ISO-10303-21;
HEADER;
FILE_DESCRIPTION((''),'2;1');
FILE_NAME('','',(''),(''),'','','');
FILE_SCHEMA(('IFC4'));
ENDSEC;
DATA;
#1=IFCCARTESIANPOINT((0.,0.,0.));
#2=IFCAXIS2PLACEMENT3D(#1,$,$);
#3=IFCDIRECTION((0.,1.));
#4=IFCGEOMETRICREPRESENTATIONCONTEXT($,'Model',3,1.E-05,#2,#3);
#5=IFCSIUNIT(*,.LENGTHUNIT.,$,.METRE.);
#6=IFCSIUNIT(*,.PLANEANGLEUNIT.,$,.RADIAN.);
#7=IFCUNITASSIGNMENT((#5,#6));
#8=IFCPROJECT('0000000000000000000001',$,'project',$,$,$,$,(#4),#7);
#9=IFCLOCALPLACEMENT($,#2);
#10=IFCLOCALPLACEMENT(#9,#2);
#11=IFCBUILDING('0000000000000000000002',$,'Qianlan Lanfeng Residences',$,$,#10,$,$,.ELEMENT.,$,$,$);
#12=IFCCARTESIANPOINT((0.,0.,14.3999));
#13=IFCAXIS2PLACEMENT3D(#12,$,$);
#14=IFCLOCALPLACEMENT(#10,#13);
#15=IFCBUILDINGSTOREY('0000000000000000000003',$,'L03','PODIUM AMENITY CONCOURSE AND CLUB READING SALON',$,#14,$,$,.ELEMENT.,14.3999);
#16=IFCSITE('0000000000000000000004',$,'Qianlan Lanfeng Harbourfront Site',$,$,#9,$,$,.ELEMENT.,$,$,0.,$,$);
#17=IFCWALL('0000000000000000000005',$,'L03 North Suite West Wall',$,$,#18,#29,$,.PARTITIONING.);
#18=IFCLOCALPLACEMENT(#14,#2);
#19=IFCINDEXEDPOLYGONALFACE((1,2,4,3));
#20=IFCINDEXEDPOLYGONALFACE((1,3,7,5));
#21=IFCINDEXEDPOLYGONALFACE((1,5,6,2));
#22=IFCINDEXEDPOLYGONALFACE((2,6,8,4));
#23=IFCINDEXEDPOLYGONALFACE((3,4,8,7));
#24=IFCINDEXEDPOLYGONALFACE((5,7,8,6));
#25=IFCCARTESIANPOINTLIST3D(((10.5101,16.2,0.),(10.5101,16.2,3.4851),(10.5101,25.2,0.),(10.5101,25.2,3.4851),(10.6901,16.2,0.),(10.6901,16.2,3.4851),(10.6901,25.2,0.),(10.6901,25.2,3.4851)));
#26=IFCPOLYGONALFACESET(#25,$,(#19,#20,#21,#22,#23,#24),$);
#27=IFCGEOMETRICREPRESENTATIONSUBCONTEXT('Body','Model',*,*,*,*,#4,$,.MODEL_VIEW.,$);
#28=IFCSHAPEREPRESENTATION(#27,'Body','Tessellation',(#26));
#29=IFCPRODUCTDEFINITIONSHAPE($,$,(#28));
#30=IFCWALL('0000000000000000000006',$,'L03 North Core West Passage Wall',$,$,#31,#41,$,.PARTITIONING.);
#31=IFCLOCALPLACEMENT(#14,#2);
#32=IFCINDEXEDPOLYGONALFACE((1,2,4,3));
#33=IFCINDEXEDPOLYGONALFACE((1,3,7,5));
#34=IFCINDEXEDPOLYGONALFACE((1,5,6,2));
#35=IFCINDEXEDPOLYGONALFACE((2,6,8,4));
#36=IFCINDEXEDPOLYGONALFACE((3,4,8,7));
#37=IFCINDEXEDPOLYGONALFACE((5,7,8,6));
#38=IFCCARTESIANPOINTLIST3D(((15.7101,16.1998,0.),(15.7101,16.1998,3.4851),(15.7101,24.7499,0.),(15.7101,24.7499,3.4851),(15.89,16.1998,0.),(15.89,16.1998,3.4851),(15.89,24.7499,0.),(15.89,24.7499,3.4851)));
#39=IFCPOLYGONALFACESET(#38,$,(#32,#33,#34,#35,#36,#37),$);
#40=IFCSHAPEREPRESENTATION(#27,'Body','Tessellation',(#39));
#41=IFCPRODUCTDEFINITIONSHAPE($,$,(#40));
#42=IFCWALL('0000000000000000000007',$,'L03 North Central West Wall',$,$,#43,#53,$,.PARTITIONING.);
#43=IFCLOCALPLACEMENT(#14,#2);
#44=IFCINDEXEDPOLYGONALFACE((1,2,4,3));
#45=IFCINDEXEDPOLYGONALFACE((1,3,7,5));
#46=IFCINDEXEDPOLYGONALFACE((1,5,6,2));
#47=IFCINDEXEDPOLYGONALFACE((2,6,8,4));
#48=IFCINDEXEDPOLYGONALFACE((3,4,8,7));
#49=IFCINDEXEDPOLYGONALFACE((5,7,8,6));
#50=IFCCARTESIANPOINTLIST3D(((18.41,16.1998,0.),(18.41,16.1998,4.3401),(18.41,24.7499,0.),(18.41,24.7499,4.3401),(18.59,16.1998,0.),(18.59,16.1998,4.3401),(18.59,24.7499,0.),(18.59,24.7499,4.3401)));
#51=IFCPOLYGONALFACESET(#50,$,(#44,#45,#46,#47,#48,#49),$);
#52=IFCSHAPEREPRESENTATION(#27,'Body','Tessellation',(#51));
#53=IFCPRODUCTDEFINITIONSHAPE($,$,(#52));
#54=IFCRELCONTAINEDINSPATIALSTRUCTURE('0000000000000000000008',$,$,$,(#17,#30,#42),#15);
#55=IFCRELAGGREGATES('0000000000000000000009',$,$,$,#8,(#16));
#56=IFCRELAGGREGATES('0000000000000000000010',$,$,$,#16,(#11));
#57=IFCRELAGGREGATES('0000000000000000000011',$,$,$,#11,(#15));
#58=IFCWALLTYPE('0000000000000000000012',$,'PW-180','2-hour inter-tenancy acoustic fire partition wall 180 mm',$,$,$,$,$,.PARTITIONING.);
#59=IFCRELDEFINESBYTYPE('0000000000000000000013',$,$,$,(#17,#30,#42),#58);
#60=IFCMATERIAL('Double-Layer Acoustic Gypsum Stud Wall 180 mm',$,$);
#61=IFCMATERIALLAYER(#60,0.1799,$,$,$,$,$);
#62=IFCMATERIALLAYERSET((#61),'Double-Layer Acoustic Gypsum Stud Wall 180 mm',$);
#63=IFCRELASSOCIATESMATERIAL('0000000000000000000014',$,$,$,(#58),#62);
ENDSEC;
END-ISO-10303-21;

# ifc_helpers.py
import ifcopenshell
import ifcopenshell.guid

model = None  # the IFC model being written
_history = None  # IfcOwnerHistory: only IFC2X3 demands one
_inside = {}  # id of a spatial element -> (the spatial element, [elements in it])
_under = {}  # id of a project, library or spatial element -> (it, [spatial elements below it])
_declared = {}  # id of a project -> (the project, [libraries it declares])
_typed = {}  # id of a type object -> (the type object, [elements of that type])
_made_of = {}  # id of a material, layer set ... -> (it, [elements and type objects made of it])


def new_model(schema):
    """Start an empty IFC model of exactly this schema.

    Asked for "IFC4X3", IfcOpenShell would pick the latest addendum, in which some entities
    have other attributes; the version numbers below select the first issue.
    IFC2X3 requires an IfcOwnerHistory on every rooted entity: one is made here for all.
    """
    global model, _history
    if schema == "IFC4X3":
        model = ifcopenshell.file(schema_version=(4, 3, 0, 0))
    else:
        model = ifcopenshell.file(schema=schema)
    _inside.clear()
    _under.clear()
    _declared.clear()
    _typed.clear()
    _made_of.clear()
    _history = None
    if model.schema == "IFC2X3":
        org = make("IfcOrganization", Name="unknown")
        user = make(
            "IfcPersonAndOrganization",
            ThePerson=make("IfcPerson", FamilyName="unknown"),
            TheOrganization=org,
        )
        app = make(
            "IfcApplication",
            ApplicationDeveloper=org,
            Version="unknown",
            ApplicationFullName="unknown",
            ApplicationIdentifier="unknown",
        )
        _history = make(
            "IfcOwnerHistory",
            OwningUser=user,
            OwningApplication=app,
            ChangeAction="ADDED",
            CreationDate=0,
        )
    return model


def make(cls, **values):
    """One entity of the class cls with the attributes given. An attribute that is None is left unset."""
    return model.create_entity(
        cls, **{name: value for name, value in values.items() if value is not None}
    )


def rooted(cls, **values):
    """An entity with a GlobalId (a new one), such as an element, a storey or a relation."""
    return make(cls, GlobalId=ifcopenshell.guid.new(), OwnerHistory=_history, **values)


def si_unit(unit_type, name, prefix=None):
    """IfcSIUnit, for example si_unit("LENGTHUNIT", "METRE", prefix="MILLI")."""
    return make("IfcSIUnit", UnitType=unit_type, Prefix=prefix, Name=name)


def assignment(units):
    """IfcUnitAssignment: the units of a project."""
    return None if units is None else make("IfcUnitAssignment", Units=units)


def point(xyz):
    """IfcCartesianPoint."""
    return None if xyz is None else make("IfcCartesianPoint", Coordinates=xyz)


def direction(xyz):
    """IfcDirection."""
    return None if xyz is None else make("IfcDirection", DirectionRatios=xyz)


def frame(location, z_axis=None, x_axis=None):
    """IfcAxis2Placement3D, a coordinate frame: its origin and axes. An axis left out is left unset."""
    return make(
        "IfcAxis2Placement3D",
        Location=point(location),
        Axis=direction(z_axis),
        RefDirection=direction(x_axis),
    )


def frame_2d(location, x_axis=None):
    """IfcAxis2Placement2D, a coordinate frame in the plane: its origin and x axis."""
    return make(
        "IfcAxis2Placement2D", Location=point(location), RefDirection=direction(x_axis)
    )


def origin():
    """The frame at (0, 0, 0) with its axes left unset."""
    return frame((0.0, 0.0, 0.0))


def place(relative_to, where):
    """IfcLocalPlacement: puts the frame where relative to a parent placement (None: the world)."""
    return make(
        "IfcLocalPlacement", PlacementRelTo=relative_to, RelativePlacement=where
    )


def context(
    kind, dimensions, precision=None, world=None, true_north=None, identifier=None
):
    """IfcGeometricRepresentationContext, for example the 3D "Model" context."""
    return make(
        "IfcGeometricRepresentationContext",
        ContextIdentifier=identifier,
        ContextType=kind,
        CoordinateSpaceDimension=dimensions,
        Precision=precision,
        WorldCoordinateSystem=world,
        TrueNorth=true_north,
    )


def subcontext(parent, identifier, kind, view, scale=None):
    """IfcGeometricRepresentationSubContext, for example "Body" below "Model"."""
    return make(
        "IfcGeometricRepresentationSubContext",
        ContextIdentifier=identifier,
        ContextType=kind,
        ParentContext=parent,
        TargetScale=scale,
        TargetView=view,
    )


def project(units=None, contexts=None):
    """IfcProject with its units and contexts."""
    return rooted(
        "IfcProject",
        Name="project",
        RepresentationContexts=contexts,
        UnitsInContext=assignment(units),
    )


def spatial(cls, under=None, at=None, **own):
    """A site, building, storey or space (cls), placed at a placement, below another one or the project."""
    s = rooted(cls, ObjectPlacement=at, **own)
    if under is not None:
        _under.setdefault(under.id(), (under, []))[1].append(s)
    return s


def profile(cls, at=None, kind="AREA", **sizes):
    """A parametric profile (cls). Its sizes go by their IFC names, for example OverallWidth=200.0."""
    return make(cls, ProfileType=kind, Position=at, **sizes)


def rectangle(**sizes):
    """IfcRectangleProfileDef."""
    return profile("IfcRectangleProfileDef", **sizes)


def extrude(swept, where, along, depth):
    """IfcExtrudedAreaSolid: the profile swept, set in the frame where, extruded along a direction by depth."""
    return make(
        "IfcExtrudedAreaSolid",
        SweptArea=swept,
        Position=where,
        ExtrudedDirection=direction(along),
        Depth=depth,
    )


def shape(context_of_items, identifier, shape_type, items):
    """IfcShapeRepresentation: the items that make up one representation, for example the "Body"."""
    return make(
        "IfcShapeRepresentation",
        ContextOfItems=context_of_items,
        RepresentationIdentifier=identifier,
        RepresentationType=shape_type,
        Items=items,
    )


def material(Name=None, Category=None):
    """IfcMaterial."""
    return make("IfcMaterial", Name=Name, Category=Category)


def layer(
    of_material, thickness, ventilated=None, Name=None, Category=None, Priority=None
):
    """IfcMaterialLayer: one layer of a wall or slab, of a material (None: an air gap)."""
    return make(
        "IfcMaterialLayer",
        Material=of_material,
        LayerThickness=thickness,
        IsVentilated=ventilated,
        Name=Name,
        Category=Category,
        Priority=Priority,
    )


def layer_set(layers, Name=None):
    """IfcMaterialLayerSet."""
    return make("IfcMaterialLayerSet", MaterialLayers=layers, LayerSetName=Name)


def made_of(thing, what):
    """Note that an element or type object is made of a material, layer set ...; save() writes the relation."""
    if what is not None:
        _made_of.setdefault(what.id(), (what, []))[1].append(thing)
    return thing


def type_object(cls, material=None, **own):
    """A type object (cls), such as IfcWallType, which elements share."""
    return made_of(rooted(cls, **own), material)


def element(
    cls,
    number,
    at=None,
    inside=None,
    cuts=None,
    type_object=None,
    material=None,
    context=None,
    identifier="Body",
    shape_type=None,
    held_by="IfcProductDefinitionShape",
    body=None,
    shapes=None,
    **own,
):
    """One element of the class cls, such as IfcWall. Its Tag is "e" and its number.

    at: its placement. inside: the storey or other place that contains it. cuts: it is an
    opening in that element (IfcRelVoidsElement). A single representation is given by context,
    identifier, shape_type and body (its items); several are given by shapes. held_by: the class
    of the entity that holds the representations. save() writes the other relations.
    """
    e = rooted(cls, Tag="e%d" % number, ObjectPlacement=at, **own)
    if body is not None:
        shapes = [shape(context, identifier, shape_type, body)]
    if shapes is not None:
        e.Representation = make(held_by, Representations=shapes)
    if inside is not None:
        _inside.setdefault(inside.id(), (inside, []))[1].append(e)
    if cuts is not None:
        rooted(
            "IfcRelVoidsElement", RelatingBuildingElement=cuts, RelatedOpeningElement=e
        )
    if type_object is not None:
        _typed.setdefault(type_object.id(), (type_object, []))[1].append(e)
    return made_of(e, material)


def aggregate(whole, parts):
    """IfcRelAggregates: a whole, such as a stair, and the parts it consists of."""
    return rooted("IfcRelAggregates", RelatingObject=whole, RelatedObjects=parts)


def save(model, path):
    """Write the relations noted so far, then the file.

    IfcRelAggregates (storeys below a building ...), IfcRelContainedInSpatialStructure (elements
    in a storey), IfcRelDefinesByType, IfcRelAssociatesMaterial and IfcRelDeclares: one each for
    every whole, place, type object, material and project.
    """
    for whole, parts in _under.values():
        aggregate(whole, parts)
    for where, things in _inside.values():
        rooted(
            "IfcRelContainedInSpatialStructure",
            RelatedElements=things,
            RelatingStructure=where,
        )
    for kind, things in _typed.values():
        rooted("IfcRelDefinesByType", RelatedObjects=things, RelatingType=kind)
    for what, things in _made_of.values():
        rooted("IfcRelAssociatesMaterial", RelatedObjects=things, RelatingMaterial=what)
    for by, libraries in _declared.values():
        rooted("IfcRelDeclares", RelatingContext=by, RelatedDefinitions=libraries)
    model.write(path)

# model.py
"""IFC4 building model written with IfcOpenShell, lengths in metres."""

from ifc_helpers import new_model, si_unit, direction, frame, frame_2d, origin, place, context, subcontext, project, spatial, rectangle, extrude, material, layer, layer_set, type_object, element, save


model = new_model("IFC4")

# Units and contexts
model_context = context("Model", 3, precision=1e-05, world=origin(), true_north=direction((0.0, 1.0)))
body_context = subcontext(model_context, "Body", "Model", "MODEL_VIEW")
ifc_project = project(units=[si_unit("LENGTHUNIT", "METRE"), si_unit("PLANEANGLEUNIT", "RADIAN")], contexts=[model_context])

# Site, building, storey
site_placement = place(None, origin())
site = spatial("IfcSite", under=ifc_project, at=site_placement, Name="Qianlan Lanfeng Harbourfront Site", CompositionType="ELEMENT", RefElevation=0.0)
building_placement = place(site_placement, origin())
building = spatial("IfcBuilding", under=site, at=building_placement, Name="Qianlan Lanfeng Residences", CompositionType="ELEMENT")
storey_placement = place(building_placement, frame((0.0, 0.0, 14.3999)))
storey = spatial("IfcBuildingStorey", under=building, at=storey_placement, Name="L03", Description="PODIUM AMENITY CONCOURSE AND CLUB READING SALON", CompositionType="ELEMENT", Elevation=14.3999)

# Walls
ifc_material_1 = material(Name="Double-Layer Acoustic Gypsum Stud Wall 180 mm")
ifc_layer = layer(ifc_material_1, 0.1799)
ifc_layer_set = layer_set([ifc_layer], Name="Double-Layer Acoustic Gypsum Stud Wall 180 mm")
wall_type = type_object("IfcWallType", Name="PW-180", Description="2-hour inter-tenancy acoustic fire partition wall 180 mm", PredefinedType="PARTITIONING", material=ifc_layer_set)
wall_1_placement = place(storey_placement, frame((10.6001, 16.2, 0.0), z_axis=(0.0, 0.0, 1.0), x_axis=(0.0, 1.0, 0.0)))
element("IfcWall", 1, at=wall_1_placement, inside=storey, type_object=wall_type, Name="L03 North Suite West Wall", PredefinedType="PARTITIONING", context=body_context, shape_type="SweptSolid", body=[
    extrude(rectangle(XDim=9.0, YDim=0.1799, at=frame_2d((4.5, 0.0))), origin(), (0.0, 0.0, 1.0), 3.4851),
])
wall_2_placement = place(storey_placement, frame((15.8, 16.2, 0.0), z_axis=(0.0, 0.0, 1.0), x_axis=(0.0, 1.0, 0.0)))
element("IfcWall", 2, at=wall_2_placement, inside=storey, type_object=wall_type, Name="L03 North Core West Passage Wall", PredefinedType="PARTITIONING", context=body_context, shape_type="SweptSolid", body=[
    extrude(rectangle(XDim=8.55, YDim=0.1799, at=frame_2d((4.2749, 0.0))), origin(), (0.0, 0.0, 1.0), 3.4851),
])
wall_3_placement = place(storey_placement, frame((18.5, 16.2, 0.0), z_axis=(0.0, 0.0, 1.0), x_axis=(0.0, 1.0, 0.0)))
element("IfcWall", 3, at=wall_3_placement, inside=storey, type_object=wall_type, Name="L03 North Central West Wall", PredefinedType="PARTITIONING", context=body_context, shape_type="SweptSolid", body=[
    extrude(rectangle(XDim=8.55, YDim=0.1799, at=frame_2d((4.2749, 0.0))), origin(), (0.0, 0.0, 1.0), 4.3401),
])

save(model, "model.ifc")
